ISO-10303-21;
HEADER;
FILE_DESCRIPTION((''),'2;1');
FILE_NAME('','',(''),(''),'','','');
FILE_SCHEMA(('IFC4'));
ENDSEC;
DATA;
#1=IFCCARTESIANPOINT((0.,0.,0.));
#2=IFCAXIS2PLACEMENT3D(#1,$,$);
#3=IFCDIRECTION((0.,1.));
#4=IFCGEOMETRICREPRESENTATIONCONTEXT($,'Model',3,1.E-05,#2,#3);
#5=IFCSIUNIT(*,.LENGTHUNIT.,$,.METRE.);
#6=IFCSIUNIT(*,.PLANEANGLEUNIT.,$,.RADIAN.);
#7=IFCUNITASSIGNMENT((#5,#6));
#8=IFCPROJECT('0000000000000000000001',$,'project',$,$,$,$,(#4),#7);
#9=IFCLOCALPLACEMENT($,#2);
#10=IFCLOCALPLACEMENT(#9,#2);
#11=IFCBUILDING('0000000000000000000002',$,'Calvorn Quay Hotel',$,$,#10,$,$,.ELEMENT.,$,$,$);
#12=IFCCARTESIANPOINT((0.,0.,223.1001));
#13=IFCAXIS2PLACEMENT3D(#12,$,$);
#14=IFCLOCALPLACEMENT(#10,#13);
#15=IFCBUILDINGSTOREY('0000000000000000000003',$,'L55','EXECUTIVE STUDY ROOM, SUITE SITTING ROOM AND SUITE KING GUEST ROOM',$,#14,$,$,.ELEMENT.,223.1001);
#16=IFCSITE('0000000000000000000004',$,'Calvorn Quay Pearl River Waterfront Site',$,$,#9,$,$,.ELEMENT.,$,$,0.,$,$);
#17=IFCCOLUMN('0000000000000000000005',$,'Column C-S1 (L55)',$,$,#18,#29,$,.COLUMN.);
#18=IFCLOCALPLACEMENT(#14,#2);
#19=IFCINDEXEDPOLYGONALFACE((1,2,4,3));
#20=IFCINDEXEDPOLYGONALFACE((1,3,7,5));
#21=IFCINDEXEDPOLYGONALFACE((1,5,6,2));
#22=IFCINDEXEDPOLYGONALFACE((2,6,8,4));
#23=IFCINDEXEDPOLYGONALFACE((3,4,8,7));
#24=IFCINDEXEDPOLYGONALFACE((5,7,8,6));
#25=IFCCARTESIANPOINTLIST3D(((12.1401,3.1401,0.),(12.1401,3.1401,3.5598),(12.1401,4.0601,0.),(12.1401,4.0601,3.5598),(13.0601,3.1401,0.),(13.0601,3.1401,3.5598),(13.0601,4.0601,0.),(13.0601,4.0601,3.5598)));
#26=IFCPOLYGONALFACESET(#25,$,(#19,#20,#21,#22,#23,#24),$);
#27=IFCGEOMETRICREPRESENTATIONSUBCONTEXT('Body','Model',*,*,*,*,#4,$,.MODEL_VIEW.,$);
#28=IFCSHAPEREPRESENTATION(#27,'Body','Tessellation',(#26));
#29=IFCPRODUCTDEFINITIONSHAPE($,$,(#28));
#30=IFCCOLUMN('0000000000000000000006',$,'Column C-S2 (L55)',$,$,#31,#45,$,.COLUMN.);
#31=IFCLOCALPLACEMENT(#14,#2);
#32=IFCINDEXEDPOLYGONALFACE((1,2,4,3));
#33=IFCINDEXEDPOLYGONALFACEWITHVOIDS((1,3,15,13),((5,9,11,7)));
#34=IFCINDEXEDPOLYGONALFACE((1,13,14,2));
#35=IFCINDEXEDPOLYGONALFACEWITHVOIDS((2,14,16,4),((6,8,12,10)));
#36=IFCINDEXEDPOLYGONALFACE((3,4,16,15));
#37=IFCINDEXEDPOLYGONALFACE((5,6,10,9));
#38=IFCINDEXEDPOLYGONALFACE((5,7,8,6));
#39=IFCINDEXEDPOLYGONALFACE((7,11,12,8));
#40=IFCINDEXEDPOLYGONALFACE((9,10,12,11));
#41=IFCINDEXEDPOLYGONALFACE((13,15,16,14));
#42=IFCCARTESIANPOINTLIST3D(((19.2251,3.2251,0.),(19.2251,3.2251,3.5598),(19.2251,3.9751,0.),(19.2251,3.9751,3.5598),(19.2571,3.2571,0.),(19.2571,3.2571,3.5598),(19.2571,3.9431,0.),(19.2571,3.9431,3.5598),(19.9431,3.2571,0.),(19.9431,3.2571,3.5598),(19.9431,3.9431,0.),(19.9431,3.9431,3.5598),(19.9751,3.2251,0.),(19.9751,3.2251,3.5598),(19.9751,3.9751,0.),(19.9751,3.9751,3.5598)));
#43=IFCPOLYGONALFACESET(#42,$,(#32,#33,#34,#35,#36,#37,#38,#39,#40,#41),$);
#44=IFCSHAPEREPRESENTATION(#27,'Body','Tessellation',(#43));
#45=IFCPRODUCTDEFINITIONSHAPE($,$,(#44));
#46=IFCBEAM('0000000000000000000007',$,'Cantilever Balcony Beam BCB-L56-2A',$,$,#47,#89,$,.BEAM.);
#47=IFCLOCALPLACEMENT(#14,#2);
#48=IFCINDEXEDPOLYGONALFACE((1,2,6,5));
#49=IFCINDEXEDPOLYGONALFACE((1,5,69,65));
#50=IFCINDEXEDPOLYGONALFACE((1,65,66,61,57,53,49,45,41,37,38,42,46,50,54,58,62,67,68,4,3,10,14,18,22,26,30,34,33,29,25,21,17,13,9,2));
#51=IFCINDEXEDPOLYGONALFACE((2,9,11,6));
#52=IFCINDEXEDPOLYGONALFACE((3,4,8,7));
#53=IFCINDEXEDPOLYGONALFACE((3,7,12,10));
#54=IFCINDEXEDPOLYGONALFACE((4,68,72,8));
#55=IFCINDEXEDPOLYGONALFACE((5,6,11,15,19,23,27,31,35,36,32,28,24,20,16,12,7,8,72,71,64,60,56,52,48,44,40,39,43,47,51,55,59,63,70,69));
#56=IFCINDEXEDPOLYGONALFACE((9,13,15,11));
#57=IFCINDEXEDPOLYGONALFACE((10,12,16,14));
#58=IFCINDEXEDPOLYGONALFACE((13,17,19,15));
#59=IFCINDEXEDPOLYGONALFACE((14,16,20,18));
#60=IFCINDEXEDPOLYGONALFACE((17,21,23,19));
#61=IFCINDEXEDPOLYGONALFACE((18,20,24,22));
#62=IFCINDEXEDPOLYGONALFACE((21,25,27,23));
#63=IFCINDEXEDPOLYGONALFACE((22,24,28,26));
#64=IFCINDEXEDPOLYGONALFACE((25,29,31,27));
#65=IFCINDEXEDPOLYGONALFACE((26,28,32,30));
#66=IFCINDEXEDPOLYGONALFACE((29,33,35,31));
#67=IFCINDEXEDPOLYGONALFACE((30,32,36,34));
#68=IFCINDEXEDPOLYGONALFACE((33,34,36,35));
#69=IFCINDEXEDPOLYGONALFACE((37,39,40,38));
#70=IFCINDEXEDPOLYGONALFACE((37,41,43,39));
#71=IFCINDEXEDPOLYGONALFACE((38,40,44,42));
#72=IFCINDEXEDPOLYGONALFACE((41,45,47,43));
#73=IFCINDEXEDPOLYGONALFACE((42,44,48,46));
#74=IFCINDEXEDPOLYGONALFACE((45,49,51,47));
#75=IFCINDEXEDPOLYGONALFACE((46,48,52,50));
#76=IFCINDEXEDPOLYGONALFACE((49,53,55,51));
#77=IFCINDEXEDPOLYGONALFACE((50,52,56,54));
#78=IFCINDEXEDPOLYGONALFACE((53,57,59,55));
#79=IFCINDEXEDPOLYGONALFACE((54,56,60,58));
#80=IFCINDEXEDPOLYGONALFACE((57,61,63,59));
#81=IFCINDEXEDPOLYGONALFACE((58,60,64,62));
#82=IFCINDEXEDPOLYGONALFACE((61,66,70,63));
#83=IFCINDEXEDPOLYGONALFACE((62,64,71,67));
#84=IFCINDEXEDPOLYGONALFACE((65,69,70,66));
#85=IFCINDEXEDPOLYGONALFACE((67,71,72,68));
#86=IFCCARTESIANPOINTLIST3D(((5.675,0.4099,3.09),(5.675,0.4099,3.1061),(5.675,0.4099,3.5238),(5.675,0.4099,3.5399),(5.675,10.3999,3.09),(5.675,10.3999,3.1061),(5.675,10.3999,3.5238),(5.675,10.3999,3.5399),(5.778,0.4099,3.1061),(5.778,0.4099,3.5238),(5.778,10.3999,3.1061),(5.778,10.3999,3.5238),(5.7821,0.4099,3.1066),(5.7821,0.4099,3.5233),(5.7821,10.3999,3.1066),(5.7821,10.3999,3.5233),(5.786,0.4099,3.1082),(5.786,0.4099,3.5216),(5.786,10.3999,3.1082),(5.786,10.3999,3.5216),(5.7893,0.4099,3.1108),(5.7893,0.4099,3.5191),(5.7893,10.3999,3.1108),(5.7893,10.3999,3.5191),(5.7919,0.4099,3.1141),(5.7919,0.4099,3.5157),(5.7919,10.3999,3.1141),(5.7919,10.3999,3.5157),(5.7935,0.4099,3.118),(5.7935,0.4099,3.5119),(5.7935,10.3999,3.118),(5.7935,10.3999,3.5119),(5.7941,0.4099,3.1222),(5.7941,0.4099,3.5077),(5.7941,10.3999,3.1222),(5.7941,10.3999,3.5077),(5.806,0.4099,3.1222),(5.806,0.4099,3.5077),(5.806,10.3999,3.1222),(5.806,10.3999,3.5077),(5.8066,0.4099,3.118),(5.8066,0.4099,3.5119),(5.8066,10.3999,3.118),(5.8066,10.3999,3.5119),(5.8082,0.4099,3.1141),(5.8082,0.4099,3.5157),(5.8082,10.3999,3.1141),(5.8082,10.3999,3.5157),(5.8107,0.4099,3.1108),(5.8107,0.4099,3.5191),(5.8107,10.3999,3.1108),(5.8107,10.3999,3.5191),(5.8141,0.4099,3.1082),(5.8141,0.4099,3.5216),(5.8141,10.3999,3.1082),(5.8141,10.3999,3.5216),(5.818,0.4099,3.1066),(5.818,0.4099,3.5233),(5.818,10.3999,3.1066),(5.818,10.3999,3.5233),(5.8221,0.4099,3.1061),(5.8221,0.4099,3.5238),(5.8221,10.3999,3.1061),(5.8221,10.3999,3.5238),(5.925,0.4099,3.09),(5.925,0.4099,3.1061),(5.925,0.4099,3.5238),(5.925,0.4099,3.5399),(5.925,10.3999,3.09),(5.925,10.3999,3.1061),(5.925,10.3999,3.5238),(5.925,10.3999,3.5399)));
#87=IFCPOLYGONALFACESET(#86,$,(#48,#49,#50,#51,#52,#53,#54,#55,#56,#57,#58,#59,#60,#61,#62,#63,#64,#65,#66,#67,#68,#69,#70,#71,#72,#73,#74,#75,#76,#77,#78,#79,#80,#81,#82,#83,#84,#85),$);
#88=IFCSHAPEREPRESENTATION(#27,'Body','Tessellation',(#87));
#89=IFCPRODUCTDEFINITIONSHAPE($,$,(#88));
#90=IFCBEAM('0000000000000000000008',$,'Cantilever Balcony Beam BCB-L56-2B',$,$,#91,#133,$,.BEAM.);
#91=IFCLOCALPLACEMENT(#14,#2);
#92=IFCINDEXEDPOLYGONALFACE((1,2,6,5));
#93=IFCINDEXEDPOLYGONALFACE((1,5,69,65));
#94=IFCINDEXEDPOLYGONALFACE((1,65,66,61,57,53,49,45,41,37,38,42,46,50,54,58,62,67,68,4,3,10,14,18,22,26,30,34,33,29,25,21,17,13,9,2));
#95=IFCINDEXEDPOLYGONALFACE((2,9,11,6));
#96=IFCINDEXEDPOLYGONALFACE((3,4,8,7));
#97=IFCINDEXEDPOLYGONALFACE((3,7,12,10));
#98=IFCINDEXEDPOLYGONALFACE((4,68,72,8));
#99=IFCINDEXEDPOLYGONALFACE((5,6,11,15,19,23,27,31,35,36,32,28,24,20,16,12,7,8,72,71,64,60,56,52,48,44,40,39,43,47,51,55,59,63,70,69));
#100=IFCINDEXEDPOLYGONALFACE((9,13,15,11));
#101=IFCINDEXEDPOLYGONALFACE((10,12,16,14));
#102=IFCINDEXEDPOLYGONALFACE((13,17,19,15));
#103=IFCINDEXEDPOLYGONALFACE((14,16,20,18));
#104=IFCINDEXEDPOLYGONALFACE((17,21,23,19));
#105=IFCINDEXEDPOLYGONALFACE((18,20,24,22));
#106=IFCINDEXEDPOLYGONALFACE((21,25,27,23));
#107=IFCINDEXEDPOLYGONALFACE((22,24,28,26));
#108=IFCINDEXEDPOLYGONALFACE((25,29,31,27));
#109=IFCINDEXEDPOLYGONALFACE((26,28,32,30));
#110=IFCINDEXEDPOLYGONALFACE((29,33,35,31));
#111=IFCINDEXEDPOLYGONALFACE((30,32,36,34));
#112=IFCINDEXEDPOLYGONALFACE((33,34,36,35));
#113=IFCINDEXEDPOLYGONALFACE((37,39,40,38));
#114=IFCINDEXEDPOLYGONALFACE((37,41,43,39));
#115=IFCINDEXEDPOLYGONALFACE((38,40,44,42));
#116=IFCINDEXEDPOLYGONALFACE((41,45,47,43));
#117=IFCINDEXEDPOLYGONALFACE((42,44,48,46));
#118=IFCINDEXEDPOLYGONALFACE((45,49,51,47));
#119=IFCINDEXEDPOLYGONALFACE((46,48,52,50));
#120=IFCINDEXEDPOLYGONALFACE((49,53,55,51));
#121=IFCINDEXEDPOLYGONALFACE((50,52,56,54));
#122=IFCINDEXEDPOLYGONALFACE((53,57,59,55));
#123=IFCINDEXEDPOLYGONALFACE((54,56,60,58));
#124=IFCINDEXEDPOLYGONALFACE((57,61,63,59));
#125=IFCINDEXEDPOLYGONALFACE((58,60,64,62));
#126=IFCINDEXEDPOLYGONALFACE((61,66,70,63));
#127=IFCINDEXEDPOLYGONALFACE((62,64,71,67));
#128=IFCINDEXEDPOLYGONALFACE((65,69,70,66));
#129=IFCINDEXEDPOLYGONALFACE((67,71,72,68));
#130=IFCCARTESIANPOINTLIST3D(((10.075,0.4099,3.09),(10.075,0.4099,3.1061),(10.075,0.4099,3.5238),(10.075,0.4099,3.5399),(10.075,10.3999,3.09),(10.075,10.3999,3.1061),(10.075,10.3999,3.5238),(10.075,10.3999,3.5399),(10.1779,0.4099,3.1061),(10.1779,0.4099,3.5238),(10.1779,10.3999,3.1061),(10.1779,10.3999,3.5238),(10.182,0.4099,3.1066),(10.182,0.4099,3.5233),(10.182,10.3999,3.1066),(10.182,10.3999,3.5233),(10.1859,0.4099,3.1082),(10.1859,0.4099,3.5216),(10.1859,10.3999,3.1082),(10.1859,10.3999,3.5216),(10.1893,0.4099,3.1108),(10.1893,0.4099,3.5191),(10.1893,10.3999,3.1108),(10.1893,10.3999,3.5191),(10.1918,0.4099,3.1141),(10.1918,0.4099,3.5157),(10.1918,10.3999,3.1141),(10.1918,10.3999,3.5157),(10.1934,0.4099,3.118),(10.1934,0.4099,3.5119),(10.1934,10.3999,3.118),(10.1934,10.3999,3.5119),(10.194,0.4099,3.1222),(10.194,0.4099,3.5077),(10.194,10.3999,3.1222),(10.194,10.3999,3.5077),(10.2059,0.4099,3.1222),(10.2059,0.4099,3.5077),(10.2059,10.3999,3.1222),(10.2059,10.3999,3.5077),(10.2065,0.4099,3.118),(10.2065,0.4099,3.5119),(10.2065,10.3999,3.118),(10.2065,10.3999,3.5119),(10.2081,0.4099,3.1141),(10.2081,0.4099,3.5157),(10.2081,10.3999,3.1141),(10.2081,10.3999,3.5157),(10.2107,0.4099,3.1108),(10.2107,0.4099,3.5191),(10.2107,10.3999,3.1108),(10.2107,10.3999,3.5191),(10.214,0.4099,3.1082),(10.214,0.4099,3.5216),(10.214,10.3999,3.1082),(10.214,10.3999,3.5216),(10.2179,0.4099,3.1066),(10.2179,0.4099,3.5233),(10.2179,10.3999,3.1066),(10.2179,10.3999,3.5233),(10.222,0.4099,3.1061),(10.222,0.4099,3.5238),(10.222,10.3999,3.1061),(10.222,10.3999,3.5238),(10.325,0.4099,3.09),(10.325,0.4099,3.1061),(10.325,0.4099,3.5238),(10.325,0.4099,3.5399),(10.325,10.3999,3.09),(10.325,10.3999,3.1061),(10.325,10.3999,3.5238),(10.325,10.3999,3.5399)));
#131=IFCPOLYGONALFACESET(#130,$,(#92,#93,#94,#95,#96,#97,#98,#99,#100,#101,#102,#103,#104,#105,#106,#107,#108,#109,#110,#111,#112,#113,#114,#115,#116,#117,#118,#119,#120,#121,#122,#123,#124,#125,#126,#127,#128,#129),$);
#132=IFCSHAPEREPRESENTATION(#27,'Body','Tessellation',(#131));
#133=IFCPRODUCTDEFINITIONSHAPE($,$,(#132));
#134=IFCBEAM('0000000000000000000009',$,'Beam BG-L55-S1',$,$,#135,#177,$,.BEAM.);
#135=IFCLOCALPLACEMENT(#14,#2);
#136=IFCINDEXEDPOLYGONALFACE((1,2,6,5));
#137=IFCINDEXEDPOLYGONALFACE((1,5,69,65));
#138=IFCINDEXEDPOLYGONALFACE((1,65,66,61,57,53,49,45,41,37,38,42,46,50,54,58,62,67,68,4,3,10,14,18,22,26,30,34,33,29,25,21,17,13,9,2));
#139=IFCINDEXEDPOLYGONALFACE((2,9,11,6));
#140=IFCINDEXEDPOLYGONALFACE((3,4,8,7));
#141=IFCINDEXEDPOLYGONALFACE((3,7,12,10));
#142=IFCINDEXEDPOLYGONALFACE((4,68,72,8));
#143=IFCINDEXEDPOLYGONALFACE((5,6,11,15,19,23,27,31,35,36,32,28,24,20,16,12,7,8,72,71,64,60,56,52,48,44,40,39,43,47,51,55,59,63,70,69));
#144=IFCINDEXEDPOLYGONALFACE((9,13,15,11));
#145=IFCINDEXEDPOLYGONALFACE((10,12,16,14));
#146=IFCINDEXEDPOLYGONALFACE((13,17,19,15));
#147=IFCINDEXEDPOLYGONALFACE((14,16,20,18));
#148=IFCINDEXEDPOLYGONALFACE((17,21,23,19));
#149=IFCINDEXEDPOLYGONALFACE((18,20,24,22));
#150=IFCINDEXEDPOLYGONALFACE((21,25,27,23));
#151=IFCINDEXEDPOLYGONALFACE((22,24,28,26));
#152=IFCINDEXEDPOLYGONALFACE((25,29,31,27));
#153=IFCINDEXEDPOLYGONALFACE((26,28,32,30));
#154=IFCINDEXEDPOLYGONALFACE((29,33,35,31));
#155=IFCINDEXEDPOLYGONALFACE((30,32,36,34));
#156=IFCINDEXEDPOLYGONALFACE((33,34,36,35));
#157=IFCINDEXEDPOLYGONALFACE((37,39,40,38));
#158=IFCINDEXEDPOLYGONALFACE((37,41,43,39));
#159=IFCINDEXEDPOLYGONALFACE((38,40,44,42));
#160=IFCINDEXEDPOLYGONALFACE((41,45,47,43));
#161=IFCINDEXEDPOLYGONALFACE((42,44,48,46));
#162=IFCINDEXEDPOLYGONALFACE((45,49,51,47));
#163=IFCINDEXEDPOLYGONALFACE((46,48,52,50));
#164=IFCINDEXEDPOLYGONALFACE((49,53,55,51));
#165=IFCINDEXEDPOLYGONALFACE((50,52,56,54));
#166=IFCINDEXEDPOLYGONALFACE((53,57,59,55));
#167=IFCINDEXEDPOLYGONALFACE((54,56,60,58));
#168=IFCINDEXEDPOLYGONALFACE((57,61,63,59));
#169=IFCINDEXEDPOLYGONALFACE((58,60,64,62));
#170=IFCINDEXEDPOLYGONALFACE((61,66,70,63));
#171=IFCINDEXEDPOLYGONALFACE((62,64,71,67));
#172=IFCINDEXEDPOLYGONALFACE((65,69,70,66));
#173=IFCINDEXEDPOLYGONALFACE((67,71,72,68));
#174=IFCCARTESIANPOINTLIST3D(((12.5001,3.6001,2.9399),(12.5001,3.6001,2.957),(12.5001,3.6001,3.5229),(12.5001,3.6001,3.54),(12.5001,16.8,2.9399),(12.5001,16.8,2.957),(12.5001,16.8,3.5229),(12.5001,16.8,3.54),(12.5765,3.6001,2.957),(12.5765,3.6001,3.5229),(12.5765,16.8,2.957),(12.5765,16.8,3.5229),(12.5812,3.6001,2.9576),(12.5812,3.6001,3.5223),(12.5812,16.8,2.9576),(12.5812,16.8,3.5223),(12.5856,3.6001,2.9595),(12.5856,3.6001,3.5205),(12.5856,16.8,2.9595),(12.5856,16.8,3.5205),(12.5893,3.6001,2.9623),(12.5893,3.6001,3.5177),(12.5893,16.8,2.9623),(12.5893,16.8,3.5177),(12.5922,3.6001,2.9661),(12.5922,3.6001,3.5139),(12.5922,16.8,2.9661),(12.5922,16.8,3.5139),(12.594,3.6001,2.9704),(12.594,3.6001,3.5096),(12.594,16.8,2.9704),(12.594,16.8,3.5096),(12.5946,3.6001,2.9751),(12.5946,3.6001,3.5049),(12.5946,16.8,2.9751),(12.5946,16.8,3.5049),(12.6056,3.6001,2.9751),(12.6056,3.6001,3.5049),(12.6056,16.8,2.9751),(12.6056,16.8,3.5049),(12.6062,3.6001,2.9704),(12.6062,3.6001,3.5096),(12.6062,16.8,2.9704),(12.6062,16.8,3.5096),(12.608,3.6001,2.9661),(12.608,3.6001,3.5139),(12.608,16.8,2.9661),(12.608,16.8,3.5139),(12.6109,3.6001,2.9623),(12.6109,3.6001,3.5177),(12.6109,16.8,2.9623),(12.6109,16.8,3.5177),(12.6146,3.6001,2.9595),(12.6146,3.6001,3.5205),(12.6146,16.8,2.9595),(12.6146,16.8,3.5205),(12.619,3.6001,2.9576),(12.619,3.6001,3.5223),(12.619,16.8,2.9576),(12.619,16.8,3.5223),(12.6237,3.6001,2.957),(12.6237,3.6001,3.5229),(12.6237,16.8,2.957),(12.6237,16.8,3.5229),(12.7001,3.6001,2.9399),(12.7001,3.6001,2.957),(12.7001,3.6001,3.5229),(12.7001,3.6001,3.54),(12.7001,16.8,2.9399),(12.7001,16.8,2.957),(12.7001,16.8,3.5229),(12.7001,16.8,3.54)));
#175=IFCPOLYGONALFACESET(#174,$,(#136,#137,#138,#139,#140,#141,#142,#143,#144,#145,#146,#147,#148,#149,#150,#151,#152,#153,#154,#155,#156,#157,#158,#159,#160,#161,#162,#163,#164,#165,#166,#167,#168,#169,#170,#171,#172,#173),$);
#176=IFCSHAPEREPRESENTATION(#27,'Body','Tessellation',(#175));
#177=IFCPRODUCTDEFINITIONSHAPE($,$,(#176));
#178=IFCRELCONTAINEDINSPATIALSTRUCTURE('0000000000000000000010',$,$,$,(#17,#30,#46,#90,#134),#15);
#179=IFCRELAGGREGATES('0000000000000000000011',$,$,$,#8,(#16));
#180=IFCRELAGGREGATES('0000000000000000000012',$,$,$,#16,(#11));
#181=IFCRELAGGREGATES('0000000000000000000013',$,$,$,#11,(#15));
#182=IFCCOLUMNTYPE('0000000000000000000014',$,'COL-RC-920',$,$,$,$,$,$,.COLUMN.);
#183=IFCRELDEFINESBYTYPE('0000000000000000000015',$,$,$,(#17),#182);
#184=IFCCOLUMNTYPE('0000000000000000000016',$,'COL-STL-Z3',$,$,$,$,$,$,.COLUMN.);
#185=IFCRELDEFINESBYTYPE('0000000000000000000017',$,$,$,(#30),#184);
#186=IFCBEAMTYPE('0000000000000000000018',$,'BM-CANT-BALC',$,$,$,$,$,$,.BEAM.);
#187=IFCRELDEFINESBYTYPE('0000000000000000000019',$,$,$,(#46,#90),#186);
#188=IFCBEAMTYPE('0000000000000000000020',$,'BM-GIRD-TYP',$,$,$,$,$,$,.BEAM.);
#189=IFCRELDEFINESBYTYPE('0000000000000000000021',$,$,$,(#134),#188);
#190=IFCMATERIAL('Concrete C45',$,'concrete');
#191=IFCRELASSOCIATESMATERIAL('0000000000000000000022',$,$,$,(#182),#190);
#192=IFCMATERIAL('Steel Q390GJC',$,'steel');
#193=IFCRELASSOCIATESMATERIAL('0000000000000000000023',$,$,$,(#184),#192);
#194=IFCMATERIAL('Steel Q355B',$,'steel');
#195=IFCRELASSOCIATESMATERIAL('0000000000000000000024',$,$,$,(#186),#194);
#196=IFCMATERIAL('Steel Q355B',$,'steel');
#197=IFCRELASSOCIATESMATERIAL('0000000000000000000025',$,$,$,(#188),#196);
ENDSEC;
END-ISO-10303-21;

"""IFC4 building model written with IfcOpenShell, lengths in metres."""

from ifc_helpers import new_model, si_unit, direction, frame, origin, origin_2d, place, context, subcontext, project, spatial, rectangle, hollow_rectangle, i_section, extrude, material, material_profile, profile_set, type_object, element, save


model = new_model("IFC4")

# Units and contexts
model_context = context("Model", 3, precision=1e-05, world=origin(), true_north=direction((0.0, 1.0)))
body_context = subcontext(model_context, "Body", "Model", "MODEL_VIEW")
ifc_project = project(units=[si_unit("LENGTHUNIT", "METRE"), si_unit("PLANEANGLEUNIT", "RADIAN")], contexts=[model_context])

# Site, building, storey
site_placement = place(None, origin())
site = spatial("IfcSite", under=ifc_project, at=site_placement, Name="Calvorn Quay Pearl River Waterfront Site", CompositionType="ELEMENT", RefElevation=0.0)
building_placement = place(site_placement, origin())
building = spatial("IfcBuilding", under=site, at=building_placement, Name="Calvorn Quay Hotel", CompositionType="ELEMENT")
storey_placement = place(building_placement, frame((0.0, 0.0, 223.1001)))
storey = spatial("IfcBuildingStorey", under=building, at=storey_placement, Name="L55", Description="EXECUTIVE STUDY ROOM, SUITE SITTING ROOM AND SUITE KING GUEST ROOM", CompositionType="ELEMENT", Elevation=223.1001)

# Columns
ifc_material_1 = material(Name="Concrete C45", Category="concrete")
ifc_material_profile_1 = material_profile(ifc_material_1, rectangle(XDim=0.9199, YDim=0.9199, at=origin_2d()), Name="RC920x920")
ifc_profile_set_1 = profile_set([ifc_material_profile_1], Name="Concrete C45")
column_type_1 = type_object("IfcColumnType", Name="COL-RC-920", PredefinedType="COLUMN", material=ifc_profile_set_1)
column_1_placement = place(storey_placement, frame((12.6001, 3.6001, 0.0), z_axis=(0.0, 0.0, 1.0), x_axis=(1.0, 0.0, 0.0)))
element("IfcColumn", 1, at=column_1_placement, inside=storey, type_object=column_type_1, Name="Column C-S1 (L55)", PredefinedType="COLUMN", context=body_context, shape_type="SweptSolid", body=[
    extrude(rectangle(XDim=0.9199, YDim=0.9199, at=origin_2d()), origin(), (0.0, 0.0, 1.0), 3.5598),
])
ifc_material_2 = material(Name="Steel Q390GJC", Category="steel")
ifc_material_profile_2 = material_profile(ifc_material_2, hollow_rectangle(XDim=0.75, YDim=0.75, WallThickness=0.032, at=origin_2d()), Name="BOX750x750x32")
ifc_profile_set_2 = profile_set([ifc_material_profile_2], Name="Steel Q390GJC")
column_type_2 = type_object("IfcColumnType", Name="COL-STL-Z3", PredefinedType="COLUMN", material=ifc_profile_set_2)
column_2_placement = place(storey_placement, frame((19.6001, 3.6001, 0.0), z_axis=(0.0, 0.0, 1.0), x_axis=(1.0, 0.0, 0.0)))
element("IfcColumn", 2, at=column_2_placement, inside=storey, type_object=column_type_2, Name="Column C-S2 (L55)", PredefinedType="COLUMN", context=body_context, shape_type="SweptSolid", body=[
    extrude(hollow_rectangle(XDim=0.75, YDim=0.75, WallThickness=0.032, at=origin_2d()), origin(), (0.0, 0.0, 1.0), 3.5598),
])

# Beams
ifc_material_3 = material(Name="Steel Q355B", Category="steel")
ifc_material_profile_3 = material_profile(ifc_material_3, i_section(OverallWidth=0.25, OverallDepth=0.45, WebThickness=0.012, FlangeThickness=0.0161, FilletRadius=0.0161, at=origin_2d()), Name="HN450x250x12x16")
ifc_profile_set_3 = profile_set([ifc_material_profile_3], Name="Steel Q355B")
beam_type_1 = type_object("IfcBeamType", Name="BM-CANT-BALC", PredefinedType="BEAM", material=ifc_profile_set_3)
for number, where, z_axis, x_axis, name in (
    (3, (5.8, 10.3999, 3.3149), (0.0, -1.0, 0.0), (1.0, 0.0, 0.0), "Cantilever Balcony Beam BCB-L56-2A"),
    (4, (10.2, 10.3999, 3.3149), (0.0, -1.0, 0.0), (1.0, 0.0, 0.0), "Cantilever Balcony Beam BCB-L56-2B"),
):
    element("IfcBeam", number, at=place(storey_placement, frame(where, z_axis=z_axis, x_axis=x_axis)), inside=storey, type_object=beam_type_1, Name=name, PredefinedType="BEAM", context=body_context, shape_type="SweptSolid", body=[
        extrude(i_section(OverallWidth=0.25, OverallDepth=0.45, WebThickness=0.012, FlangeThickness=0.0161, FilletRadius=0.0161, at=origin_2d()), origin(), (0.0, 0.0, 1.0), 9.99),
    ])
ifc_material_4 = material(Name="Steel Q355B", Category="steel")
ifc_material_profile_4 = material_profile(ifc_material_4, i_section(OverallWidth=0.2, OverallDepth=0.6001, WebThickness=0.011, FlangeThickness=0.0171, FilletRadius=0.0181, at=origin_2d()), Name="HN600x200x11x17")
ifc_profile_set_4 = profile_set([ifc_material_profile_4], Name="Steel Q355B")
beam_type_2 = type_object("IfcBeamType", Name="BM-GIRD-TYP", PredefinedType="BEAM", material=ifc_profile_set_4)
beam_1_placement = place(storey_placement, frame((12.6001, 3.6001, 3.24), z_axis=(0.0, 1.0, 0.0), x_axis=(-1.0, 0.0, 0.0)))
element("IfcBeam", 5, at=beam_1_placement, inside=storey, type_object=beam_type_2, Name="Beam BG-L55-S1", PredefinedType="BEAM", context=body_context, shape_type="SweptSolid", body=[
    extrude(i_section(OverallWidth=0.2, OverallDepth=0.6001, WebThickness=0.011, FlangeThickness=0.0171, FilletRadius=0.0181, at=origin_2d()), origin(), (0.0, 0.0, 1.0), 13.2),
])

save(model, "model.ifc")
